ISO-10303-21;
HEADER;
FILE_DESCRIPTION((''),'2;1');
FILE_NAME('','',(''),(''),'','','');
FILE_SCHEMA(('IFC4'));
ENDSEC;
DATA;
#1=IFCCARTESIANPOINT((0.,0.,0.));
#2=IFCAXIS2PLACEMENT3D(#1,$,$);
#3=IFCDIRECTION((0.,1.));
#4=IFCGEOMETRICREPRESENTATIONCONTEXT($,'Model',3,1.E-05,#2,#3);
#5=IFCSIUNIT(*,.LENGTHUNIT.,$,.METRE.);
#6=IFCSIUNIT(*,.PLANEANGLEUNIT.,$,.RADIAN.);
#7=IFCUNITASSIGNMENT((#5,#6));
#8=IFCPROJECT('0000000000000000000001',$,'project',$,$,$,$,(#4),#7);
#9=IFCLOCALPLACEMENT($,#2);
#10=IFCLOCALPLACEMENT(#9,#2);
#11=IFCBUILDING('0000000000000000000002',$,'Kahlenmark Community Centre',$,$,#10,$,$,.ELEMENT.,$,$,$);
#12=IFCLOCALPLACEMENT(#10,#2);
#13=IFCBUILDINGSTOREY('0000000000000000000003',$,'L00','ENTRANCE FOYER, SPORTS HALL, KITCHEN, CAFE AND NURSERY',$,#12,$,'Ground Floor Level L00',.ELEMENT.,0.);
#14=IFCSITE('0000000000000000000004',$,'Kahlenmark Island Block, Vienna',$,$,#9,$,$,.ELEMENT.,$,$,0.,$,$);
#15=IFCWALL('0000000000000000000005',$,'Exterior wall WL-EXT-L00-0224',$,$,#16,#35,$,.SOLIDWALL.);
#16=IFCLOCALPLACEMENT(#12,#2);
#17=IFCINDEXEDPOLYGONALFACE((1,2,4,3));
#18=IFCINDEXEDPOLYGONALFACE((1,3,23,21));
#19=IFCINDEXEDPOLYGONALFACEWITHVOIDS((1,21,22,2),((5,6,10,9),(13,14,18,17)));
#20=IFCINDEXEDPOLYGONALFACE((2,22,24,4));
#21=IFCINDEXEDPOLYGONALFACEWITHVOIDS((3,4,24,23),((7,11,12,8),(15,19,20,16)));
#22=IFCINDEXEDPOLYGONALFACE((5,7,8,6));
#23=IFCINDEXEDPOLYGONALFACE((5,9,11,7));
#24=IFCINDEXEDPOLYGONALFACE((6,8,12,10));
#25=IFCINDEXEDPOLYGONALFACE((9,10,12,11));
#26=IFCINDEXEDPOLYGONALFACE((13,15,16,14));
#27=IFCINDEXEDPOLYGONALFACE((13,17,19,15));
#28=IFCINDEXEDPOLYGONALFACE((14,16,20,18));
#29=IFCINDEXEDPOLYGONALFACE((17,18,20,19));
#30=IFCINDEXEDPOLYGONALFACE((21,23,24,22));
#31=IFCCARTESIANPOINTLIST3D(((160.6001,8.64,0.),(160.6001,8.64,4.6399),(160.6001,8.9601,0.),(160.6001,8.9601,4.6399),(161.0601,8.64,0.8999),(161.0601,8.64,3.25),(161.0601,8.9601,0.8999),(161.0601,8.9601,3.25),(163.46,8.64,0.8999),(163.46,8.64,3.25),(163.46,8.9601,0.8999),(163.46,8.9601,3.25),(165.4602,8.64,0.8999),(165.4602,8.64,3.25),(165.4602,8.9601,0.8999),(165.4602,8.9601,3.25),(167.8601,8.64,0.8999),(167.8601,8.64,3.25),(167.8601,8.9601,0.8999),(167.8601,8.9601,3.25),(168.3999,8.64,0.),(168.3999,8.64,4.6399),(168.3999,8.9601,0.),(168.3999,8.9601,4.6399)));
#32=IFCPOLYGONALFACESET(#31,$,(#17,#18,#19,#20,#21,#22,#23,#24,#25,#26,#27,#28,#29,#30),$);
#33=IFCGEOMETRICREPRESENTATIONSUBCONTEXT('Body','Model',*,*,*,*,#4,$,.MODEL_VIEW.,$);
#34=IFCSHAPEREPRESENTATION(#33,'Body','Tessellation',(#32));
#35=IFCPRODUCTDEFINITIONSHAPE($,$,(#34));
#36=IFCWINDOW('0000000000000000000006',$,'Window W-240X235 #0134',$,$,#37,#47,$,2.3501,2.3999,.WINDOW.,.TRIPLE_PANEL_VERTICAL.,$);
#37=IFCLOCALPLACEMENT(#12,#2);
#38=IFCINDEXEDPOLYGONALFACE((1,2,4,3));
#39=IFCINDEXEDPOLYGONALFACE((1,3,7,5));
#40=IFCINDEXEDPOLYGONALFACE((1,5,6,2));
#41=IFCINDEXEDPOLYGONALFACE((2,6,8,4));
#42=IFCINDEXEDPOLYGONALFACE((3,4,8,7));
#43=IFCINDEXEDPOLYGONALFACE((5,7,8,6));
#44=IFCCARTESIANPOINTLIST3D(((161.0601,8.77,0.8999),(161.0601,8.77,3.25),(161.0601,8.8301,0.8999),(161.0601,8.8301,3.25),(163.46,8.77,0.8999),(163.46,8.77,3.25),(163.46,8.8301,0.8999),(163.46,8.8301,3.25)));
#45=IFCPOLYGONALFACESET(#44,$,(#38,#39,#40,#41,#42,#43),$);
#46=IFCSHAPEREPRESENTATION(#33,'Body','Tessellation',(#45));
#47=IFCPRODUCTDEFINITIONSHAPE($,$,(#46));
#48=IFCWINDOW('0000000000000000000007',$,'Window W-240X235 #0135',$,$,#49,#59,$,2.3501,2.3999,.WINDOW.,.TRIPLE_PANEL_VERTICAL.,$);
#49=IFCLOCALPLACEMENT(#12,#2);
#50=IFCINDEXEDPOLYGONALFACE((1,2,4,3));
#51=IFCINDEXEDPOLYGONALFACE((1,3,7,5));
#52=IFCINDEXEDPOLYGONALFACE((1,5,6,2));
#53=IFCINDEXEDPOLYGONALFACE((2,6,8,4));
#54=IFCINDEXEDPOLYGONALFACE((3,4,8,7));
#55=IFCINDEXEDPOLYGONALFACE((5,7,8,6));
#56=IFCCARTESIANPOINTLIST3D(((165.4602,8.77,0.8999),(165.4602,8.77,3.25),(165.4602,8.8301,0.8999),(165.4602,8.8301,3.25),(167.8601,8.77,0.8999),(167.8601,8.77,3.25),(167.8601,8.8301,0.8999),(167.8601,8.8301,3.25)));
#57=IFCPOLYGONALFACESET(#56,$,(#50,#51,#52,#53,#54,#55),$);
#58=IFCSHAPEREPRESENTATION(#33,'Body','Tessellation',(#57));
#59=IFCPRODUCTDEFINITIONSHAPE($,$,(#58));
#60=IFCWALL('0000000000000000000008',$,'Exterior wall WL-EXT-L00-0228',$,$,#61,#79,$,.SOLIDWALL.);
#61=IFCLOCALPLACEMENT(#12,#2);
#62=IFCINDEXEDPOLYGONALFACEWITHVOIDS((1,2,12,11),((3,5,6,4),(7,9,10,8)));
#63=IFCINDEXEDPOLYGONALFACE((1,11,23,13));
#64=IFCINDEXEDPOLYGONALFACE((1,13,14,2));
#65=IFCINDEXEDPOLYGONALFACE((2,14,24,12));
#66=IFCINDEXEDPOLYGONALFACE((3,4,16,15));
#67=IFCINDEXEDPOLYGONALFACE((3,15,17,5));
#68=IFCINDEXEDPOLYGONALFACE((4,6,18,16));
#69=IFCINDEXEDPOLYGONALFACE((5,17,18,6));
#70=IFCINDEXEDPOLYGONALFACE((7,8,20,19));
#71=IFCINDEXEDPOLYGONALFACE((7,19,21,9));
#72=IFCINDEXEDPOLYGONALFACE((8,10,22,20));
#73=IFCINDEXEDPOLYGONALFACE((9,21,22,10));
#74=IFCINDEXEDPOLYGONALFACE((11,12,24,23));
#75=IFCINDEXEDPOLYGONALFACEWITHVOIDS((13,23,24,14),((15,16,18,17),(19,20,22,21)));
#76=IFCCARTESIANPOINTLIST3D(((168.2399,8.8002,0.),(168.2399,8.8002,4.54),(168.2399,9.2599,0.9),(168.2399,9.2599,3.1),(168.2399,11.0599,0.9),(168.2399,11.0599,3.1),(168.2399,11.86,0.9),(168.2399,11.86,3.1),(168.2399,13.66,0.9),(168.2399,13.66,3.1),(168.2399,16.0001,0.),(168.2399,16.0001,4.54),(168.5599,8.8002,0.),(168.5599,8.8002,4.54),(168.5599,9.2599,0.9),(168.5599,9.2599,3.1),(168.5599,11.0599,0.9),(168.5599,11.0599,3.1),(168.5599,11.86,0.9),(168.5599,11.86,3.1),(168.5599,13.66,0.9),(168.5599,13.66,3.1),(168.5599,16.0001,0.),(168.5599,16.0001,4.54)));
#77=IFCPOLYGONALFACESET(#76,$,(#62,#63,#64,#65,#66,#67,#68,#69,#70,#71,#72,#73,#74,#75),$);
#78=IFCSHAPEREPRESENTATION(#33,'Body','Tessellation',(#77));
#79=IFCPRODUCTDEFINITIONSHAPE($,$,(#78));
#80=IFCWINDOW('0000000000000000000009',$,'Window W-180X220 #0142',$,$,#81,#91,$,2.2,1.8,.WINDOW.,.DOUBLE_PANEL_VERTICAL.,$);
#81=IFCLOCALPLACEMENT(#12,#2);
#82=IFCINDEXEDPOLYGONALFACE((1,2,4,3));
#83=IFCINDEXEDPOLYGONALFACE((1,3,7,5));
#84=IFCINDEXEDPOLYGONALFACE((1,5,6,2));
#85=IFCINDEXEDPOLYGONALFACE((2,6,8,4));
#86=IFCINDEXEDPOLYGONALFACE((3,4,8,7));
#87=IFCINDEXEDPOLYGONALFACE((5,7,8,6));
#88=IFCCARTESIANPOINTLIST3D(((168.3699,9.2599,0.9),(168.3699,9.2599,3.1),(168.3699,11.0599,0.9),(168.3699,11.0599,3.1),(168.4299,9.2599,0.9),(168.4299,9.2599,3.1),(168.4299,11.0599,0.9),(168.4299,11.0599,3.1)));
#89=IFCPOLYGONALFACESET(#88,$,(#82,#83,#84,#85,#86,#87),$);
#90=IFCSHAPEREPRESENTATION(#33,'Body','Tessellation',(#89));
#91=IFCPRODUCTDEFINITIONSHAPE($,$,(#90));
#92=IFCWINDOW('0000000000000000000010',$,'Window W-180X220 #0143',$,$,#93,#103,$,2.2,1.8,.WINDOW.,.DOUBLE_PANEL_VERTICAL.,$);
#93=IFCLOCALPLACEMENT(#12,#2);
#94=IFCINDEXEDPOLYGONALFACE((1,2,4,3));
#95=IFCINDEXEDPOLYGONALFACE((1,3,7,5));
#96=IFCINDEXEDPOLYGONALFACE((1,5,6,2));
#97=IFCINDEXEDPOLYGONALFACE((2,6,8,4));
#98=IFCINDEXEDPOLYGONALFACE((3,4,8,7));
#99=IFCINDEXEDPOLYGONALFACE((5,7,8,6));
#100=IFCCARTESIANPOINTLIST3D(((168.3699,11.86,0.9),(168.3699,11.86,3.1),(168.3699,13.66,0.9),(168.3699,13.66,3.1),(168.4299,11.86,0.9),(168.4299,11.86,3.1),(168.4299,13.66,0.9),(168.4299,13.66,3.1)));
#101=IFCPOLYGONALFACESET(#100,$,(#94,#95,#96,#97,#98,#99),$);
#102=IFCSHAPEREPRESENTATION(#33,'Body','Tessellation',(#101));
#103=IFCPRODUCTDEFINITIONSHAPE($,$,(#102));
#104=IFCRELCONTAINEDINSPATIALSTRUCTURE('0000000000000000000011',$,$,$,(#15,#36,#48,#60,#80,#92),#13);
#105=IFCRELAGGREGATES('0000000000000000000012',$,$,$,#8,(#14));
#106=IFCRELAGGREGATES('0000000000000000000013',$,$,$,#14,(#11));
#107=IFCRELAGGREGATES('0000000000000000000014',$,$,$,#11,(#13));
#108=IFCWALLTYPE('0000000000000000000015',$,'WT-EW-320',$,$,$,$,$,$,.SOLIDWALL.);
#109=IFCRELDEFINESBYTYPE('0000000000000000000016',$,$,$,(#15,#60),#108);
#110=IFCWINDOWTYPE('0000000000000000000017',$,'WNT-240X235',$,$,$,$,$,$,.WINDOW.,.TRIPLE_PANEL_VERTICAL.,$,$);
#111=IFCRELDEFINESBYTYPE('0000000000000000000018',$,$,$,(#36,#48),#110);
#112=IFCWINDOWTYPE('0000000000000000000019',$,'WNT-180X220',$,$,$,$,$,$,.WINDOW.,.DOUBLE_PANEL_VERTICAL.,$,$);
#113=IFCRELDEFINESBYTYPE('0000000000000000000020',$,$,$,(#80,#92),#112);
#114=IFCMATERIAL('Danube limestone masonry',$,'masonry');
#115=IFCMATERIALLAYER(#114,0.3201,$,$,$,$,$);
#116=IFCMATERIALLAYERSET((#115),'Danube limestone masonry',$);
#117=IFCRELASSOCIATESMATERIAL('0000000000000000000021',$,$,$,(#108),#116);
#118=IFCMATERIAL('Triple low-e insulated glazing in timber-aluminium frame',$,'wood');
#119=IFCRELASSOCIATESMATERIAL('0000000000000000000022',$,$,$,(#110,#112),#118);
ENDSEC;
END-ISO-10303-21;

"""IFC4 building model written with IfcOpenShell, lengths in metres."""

from ifc_helpers import new_model, si_unit, direction, frame, frame_2d, origin, place, context, subcontext, project, spatial, rectangle, extrude, material, layer, layer_set, type_object, element, fill, save


model = new_model("IFC4")

# Units and contexts
model_context = context("Model", 3, precision=1e-05, world=origin(), true_north=direction((0.0, 1.0)))
body_context = subcontext(model_context, "Body", "Model", "MODEL_VIEW")
ifc_project = project(units=[si_unit("LENGTHUNIT", "METRE"), si_unit("PLANEANGLEUNIT", "RADIAN")], contexts=[model_context])

# Site, building, storey
site_placement = place(None, origin())
site = spatial("IfcSite", under=ifc_project, at=site_placement, Name="Kahlenmark Island Block, Vienna", CompositionType="ELEMENT", RefElevation=0.0)
building_placement = place(site_placement, origin())
building = spatial("IfcBuilding", under=site, at=building_placement, Name="Kahlenmark Community Centre", CompositionType="ELEMENT")
storey_placement = place(building_placement, origin())
storey = spatial("IfcBuildingStorey", under=building, at=storey_placement, Name="L00", Description="ENTRANCE FOYER, SPORTS HALL, KITCHEN, CAFE AND NURSERY", LongName="Ground Floor Level L00", CompositionType="ELEMENT", Elevation=0.0)

# Walls, openings, windows
ifc_material_1 = material(Name="Danube limestone masonry", Category="masonry")
ifc_layer = layer(ifc_material_1, 0.3201)
ifc_layer_set = layer_set([ifc_layer], Name="Danube limestone masonry")
wall_type = type_object("IfcWallType", Name="WT-EW-320", PredefinedType="SOLIDWALL", material=ifc_layer_set)
wall_1_placement = place(storey_placement, frame((160.6001, 8.8, 0.0), z_axis=(0.0, 0.0, 1.0), x_axis=(1.0, 0.0, 0.0)))
wall_1 = element("IfcWall", 1, at=wall_1_placement, inside=storey, type_object=wall_type, Name="Exterior wall WL-EXT-L00-0224", PredefinedType="SOLIDWALL", context=body_context, shape_type="SweptSolid", body=[
    extrude(rectangle(XDim=7.7998, YDim=0.3201, at=frame_2d((3.8999, 0.0))), origin(), (0.0, 0.0, 1.0), 4.6399),
])
opening_1_placement = place(wall_1_placement, frame((0.46, 0.0, 0.8999)))
opening_1 = element("IfcOpeningElement", 2, at=opening_1_placement, cuts=wall_1, PredefinedType="OPENING", context=body_context, shape_type="SweptSolid", body=[
    extrude(rectangle(XDim=2.3999, YDim=2.3501, at=frame_2d((1.2, 1.175))), frame((0.0, 0.1699, 0.0), z_axis=(0.0, -1.0, 0.0), x_axis=(1.0, 0.0, 0.0)), (0.0, 0.0, 1.0), 0.3401),
])
opening_2_placement = place(wall_1_placement, frame((4.8601, 0.0, 0.8999)))
opening_2 = element("IfcOpeningElement", 3, at=opening_2_placement, cuts=wall_1, PredefinedType="OPENING", context=body_context, shape_type="SweptSolid", body=[
    extrude(rectangle(XDim=2.3999, YDim=2.3501, at=frame_2d((1.2, 1.175))), frame((0.0, 0.1699, 0.0), z_axis=(0.0, -1.0, 0.0), x_axis=(1.0, 0.0, 0.0)), (0.0, 0.0, 1.0), 0.3401),
])
ifc_material_2 = material(Name="Triple low-e insulated glazing in timber-aluminium frame", Category="wood")
window_type_1 = type_object("IfcWindowType", Name="WNT-240X235", PartitioningType="TRIPLE_PANEL_VERTICAL", PredefinedType="WINDOW", material=ifc_material_2)
window_1_placement = place(opening_1_placement, origin())
window_1 = element("IfcWindow", 4, at=window_1_placement, inside=storey, type_object=window_type_1, Name="Window W-240X235 #0134", OverallHeight=2.3501, OverallWidth=2.3999, PartitioningType="TRIPLE_PANEL_VERTICAL", PredefinedType="WINDOW", context=body_context, shape_type="SweptSolid", body=[
    extrude(rectangle(XDim=2.3999, YDim=2.3501, at=frame_2d((1.2, 1.175))), frame((0.0, 0.03, 0.0), z_axis=(0.0, -1.0, 0.0), x_axis=(1.0, 0.0, 0.0)), (0.0, 0.0, 1.0), 0.0601),
])
fill(opening_1, window_1)
window_2_placement = place(opening_2_placement, origin())
window_2 = element("IfcWindow", 5, at=window_2_placement, inside=storey, type_object=window_type_1, Name="Window W-240X235 #0135", OverallHeight=2.3501, OverallWidth=2.3999, PartitioningType="TRIPLE_PANEL_VERTICAL", PredefinedType="WINDOW", context=body_context, shape_type="SweptSolid", body=[
    extrude(rectangle(XDim=2.3999, YDim=2.3501, at=frame_2d((1.2, 1.175))), frame((0.0, 0.03, 0.0), z_axis=(0.0, -1.0, 0.0), x_axis=(1.0, 0.0, 0.0)), (0.0, 0.0, 1.0), 0.0601),
])
fill(opening_2, window_2)
wall_2_placement = place(storey_placement, frame((168.3999, 8.8, 0.0), z_axis=(0.0, 0.0, 1.0), x_axis=(0.0, 1.0, 0.0)))
wall_2 = element("IfcWall", 6, at=wall_2_placement, inside=storey, type_object=wall_type, Name="Exterior wall WL-EXT-L00-0228", PredefinedType="SOLIDWALL", context=body_context, shape_type="SweptSolid", body=[
    extrude(rectangle(XDim=7.2, YDim=0.3201, at=frame_2d((3.6001, 0.0))), origin(), (0.0, 0.0, 1.0), 4.54),
])
opening_3_placement = place(wall_2_placement, frame((0.46, 0.0, 0.8999)))
opening_3 = element("IfcOpeningElement", 7, at=opening_3_placement, cuts=wall_2, PredefinedType="OPENING", context=body_context, shape_type="SweptSolid", body=[
    extrude(rectangle(XDim=1.8, YDim=2.2, at=frame_2d((0.8999, 1.1001))), frame((0.0, 0.1699, 0.0), z_axis=(0.0, -1.0, 0.0), x_axis=(1.0, 0.0, 0.0)), (0.0, 0.0, 1.0), 0.3401),
])
opening_4_placement = place(wall_2_placement, frame((3.0601, 0.0, 0.8999)))
opening_4 = element("IfcOpeningElement", 8, at=opening_4_placement, cuts=wall_2, PredefinedType="OPENING", context=body_context, shape_type="SweptSolid", body=[
    extrude(rectangle(XDim=1.8, YDim=2.2, at=frame_2d((0.8999, 1.1001))), frame((0.0, 0.1699, 0.0), z_axis=(0.0, -1.0, 0.0), x_axis=(1.0, 0.0, 0.0)), (0.0, 0.0, 1.0), 0.3401),
])
window_type_2 = type_object("IfcWindowType", Name="WNT-180X220", PartitioningType="DOUBLE_PANEL_VERTICAL", PredefinedType="WINDOW", material=ifc_material_2)
window_3_placement = place(opening_3_placement, origin())
window_3 = element("IfcWindow", 9, at=window_3_placement, inside=storey, type_object=window_type_2, Name="Window W-180X220 #0142", OverallHeight=2.2, OverallWidth=1.8, PartitioningType="DOUBLE_PANEL_VERTICAL", PredefinedType="WINDOW", context=body_context, shape_type="SweptSolid", body=[
    extrude(rectangle(XDim=1.8, YDim=2.2, at=frame_2d((0.8999, 1.1001))), frame((0.0, 0.03, 0.0), z_axis=(0.0, -1.0, 0.0), x_axis=(1.0, 0.0, 0.0)), (0.0, 0.0, 1.0), 0.0601),
])
fill(opening_3, window_3)
window_4_placement = place(opening_4_placement, origin())
window_4 = element("IfcWindow", 10, at=window_4_placement, inside=storey, type_object=window_type_2, Name="Window W-180X220 #0143", OverallHeight=2.2, OverallWidth=1.8, PartitioningType="DOUBLE_PANEL_VERTICAL", PredefinedType="WINDOW", context=body_context, shape_type="SweptSolid", body=[
    extrude(rectangle(XDim=1.8, YDim=2.2, at=frame_2d((0.8999, 1.1001))), frame((0.0, 0.03, 0.0), z_axis=(0.0, -1.0, 0.0), x_axis=(1.0, 0.0, 0.0)), (0.0, 0.0, 1.0), 0.0601),
])
fill(opening_4, window_4)

save(model, "model.ifc")
